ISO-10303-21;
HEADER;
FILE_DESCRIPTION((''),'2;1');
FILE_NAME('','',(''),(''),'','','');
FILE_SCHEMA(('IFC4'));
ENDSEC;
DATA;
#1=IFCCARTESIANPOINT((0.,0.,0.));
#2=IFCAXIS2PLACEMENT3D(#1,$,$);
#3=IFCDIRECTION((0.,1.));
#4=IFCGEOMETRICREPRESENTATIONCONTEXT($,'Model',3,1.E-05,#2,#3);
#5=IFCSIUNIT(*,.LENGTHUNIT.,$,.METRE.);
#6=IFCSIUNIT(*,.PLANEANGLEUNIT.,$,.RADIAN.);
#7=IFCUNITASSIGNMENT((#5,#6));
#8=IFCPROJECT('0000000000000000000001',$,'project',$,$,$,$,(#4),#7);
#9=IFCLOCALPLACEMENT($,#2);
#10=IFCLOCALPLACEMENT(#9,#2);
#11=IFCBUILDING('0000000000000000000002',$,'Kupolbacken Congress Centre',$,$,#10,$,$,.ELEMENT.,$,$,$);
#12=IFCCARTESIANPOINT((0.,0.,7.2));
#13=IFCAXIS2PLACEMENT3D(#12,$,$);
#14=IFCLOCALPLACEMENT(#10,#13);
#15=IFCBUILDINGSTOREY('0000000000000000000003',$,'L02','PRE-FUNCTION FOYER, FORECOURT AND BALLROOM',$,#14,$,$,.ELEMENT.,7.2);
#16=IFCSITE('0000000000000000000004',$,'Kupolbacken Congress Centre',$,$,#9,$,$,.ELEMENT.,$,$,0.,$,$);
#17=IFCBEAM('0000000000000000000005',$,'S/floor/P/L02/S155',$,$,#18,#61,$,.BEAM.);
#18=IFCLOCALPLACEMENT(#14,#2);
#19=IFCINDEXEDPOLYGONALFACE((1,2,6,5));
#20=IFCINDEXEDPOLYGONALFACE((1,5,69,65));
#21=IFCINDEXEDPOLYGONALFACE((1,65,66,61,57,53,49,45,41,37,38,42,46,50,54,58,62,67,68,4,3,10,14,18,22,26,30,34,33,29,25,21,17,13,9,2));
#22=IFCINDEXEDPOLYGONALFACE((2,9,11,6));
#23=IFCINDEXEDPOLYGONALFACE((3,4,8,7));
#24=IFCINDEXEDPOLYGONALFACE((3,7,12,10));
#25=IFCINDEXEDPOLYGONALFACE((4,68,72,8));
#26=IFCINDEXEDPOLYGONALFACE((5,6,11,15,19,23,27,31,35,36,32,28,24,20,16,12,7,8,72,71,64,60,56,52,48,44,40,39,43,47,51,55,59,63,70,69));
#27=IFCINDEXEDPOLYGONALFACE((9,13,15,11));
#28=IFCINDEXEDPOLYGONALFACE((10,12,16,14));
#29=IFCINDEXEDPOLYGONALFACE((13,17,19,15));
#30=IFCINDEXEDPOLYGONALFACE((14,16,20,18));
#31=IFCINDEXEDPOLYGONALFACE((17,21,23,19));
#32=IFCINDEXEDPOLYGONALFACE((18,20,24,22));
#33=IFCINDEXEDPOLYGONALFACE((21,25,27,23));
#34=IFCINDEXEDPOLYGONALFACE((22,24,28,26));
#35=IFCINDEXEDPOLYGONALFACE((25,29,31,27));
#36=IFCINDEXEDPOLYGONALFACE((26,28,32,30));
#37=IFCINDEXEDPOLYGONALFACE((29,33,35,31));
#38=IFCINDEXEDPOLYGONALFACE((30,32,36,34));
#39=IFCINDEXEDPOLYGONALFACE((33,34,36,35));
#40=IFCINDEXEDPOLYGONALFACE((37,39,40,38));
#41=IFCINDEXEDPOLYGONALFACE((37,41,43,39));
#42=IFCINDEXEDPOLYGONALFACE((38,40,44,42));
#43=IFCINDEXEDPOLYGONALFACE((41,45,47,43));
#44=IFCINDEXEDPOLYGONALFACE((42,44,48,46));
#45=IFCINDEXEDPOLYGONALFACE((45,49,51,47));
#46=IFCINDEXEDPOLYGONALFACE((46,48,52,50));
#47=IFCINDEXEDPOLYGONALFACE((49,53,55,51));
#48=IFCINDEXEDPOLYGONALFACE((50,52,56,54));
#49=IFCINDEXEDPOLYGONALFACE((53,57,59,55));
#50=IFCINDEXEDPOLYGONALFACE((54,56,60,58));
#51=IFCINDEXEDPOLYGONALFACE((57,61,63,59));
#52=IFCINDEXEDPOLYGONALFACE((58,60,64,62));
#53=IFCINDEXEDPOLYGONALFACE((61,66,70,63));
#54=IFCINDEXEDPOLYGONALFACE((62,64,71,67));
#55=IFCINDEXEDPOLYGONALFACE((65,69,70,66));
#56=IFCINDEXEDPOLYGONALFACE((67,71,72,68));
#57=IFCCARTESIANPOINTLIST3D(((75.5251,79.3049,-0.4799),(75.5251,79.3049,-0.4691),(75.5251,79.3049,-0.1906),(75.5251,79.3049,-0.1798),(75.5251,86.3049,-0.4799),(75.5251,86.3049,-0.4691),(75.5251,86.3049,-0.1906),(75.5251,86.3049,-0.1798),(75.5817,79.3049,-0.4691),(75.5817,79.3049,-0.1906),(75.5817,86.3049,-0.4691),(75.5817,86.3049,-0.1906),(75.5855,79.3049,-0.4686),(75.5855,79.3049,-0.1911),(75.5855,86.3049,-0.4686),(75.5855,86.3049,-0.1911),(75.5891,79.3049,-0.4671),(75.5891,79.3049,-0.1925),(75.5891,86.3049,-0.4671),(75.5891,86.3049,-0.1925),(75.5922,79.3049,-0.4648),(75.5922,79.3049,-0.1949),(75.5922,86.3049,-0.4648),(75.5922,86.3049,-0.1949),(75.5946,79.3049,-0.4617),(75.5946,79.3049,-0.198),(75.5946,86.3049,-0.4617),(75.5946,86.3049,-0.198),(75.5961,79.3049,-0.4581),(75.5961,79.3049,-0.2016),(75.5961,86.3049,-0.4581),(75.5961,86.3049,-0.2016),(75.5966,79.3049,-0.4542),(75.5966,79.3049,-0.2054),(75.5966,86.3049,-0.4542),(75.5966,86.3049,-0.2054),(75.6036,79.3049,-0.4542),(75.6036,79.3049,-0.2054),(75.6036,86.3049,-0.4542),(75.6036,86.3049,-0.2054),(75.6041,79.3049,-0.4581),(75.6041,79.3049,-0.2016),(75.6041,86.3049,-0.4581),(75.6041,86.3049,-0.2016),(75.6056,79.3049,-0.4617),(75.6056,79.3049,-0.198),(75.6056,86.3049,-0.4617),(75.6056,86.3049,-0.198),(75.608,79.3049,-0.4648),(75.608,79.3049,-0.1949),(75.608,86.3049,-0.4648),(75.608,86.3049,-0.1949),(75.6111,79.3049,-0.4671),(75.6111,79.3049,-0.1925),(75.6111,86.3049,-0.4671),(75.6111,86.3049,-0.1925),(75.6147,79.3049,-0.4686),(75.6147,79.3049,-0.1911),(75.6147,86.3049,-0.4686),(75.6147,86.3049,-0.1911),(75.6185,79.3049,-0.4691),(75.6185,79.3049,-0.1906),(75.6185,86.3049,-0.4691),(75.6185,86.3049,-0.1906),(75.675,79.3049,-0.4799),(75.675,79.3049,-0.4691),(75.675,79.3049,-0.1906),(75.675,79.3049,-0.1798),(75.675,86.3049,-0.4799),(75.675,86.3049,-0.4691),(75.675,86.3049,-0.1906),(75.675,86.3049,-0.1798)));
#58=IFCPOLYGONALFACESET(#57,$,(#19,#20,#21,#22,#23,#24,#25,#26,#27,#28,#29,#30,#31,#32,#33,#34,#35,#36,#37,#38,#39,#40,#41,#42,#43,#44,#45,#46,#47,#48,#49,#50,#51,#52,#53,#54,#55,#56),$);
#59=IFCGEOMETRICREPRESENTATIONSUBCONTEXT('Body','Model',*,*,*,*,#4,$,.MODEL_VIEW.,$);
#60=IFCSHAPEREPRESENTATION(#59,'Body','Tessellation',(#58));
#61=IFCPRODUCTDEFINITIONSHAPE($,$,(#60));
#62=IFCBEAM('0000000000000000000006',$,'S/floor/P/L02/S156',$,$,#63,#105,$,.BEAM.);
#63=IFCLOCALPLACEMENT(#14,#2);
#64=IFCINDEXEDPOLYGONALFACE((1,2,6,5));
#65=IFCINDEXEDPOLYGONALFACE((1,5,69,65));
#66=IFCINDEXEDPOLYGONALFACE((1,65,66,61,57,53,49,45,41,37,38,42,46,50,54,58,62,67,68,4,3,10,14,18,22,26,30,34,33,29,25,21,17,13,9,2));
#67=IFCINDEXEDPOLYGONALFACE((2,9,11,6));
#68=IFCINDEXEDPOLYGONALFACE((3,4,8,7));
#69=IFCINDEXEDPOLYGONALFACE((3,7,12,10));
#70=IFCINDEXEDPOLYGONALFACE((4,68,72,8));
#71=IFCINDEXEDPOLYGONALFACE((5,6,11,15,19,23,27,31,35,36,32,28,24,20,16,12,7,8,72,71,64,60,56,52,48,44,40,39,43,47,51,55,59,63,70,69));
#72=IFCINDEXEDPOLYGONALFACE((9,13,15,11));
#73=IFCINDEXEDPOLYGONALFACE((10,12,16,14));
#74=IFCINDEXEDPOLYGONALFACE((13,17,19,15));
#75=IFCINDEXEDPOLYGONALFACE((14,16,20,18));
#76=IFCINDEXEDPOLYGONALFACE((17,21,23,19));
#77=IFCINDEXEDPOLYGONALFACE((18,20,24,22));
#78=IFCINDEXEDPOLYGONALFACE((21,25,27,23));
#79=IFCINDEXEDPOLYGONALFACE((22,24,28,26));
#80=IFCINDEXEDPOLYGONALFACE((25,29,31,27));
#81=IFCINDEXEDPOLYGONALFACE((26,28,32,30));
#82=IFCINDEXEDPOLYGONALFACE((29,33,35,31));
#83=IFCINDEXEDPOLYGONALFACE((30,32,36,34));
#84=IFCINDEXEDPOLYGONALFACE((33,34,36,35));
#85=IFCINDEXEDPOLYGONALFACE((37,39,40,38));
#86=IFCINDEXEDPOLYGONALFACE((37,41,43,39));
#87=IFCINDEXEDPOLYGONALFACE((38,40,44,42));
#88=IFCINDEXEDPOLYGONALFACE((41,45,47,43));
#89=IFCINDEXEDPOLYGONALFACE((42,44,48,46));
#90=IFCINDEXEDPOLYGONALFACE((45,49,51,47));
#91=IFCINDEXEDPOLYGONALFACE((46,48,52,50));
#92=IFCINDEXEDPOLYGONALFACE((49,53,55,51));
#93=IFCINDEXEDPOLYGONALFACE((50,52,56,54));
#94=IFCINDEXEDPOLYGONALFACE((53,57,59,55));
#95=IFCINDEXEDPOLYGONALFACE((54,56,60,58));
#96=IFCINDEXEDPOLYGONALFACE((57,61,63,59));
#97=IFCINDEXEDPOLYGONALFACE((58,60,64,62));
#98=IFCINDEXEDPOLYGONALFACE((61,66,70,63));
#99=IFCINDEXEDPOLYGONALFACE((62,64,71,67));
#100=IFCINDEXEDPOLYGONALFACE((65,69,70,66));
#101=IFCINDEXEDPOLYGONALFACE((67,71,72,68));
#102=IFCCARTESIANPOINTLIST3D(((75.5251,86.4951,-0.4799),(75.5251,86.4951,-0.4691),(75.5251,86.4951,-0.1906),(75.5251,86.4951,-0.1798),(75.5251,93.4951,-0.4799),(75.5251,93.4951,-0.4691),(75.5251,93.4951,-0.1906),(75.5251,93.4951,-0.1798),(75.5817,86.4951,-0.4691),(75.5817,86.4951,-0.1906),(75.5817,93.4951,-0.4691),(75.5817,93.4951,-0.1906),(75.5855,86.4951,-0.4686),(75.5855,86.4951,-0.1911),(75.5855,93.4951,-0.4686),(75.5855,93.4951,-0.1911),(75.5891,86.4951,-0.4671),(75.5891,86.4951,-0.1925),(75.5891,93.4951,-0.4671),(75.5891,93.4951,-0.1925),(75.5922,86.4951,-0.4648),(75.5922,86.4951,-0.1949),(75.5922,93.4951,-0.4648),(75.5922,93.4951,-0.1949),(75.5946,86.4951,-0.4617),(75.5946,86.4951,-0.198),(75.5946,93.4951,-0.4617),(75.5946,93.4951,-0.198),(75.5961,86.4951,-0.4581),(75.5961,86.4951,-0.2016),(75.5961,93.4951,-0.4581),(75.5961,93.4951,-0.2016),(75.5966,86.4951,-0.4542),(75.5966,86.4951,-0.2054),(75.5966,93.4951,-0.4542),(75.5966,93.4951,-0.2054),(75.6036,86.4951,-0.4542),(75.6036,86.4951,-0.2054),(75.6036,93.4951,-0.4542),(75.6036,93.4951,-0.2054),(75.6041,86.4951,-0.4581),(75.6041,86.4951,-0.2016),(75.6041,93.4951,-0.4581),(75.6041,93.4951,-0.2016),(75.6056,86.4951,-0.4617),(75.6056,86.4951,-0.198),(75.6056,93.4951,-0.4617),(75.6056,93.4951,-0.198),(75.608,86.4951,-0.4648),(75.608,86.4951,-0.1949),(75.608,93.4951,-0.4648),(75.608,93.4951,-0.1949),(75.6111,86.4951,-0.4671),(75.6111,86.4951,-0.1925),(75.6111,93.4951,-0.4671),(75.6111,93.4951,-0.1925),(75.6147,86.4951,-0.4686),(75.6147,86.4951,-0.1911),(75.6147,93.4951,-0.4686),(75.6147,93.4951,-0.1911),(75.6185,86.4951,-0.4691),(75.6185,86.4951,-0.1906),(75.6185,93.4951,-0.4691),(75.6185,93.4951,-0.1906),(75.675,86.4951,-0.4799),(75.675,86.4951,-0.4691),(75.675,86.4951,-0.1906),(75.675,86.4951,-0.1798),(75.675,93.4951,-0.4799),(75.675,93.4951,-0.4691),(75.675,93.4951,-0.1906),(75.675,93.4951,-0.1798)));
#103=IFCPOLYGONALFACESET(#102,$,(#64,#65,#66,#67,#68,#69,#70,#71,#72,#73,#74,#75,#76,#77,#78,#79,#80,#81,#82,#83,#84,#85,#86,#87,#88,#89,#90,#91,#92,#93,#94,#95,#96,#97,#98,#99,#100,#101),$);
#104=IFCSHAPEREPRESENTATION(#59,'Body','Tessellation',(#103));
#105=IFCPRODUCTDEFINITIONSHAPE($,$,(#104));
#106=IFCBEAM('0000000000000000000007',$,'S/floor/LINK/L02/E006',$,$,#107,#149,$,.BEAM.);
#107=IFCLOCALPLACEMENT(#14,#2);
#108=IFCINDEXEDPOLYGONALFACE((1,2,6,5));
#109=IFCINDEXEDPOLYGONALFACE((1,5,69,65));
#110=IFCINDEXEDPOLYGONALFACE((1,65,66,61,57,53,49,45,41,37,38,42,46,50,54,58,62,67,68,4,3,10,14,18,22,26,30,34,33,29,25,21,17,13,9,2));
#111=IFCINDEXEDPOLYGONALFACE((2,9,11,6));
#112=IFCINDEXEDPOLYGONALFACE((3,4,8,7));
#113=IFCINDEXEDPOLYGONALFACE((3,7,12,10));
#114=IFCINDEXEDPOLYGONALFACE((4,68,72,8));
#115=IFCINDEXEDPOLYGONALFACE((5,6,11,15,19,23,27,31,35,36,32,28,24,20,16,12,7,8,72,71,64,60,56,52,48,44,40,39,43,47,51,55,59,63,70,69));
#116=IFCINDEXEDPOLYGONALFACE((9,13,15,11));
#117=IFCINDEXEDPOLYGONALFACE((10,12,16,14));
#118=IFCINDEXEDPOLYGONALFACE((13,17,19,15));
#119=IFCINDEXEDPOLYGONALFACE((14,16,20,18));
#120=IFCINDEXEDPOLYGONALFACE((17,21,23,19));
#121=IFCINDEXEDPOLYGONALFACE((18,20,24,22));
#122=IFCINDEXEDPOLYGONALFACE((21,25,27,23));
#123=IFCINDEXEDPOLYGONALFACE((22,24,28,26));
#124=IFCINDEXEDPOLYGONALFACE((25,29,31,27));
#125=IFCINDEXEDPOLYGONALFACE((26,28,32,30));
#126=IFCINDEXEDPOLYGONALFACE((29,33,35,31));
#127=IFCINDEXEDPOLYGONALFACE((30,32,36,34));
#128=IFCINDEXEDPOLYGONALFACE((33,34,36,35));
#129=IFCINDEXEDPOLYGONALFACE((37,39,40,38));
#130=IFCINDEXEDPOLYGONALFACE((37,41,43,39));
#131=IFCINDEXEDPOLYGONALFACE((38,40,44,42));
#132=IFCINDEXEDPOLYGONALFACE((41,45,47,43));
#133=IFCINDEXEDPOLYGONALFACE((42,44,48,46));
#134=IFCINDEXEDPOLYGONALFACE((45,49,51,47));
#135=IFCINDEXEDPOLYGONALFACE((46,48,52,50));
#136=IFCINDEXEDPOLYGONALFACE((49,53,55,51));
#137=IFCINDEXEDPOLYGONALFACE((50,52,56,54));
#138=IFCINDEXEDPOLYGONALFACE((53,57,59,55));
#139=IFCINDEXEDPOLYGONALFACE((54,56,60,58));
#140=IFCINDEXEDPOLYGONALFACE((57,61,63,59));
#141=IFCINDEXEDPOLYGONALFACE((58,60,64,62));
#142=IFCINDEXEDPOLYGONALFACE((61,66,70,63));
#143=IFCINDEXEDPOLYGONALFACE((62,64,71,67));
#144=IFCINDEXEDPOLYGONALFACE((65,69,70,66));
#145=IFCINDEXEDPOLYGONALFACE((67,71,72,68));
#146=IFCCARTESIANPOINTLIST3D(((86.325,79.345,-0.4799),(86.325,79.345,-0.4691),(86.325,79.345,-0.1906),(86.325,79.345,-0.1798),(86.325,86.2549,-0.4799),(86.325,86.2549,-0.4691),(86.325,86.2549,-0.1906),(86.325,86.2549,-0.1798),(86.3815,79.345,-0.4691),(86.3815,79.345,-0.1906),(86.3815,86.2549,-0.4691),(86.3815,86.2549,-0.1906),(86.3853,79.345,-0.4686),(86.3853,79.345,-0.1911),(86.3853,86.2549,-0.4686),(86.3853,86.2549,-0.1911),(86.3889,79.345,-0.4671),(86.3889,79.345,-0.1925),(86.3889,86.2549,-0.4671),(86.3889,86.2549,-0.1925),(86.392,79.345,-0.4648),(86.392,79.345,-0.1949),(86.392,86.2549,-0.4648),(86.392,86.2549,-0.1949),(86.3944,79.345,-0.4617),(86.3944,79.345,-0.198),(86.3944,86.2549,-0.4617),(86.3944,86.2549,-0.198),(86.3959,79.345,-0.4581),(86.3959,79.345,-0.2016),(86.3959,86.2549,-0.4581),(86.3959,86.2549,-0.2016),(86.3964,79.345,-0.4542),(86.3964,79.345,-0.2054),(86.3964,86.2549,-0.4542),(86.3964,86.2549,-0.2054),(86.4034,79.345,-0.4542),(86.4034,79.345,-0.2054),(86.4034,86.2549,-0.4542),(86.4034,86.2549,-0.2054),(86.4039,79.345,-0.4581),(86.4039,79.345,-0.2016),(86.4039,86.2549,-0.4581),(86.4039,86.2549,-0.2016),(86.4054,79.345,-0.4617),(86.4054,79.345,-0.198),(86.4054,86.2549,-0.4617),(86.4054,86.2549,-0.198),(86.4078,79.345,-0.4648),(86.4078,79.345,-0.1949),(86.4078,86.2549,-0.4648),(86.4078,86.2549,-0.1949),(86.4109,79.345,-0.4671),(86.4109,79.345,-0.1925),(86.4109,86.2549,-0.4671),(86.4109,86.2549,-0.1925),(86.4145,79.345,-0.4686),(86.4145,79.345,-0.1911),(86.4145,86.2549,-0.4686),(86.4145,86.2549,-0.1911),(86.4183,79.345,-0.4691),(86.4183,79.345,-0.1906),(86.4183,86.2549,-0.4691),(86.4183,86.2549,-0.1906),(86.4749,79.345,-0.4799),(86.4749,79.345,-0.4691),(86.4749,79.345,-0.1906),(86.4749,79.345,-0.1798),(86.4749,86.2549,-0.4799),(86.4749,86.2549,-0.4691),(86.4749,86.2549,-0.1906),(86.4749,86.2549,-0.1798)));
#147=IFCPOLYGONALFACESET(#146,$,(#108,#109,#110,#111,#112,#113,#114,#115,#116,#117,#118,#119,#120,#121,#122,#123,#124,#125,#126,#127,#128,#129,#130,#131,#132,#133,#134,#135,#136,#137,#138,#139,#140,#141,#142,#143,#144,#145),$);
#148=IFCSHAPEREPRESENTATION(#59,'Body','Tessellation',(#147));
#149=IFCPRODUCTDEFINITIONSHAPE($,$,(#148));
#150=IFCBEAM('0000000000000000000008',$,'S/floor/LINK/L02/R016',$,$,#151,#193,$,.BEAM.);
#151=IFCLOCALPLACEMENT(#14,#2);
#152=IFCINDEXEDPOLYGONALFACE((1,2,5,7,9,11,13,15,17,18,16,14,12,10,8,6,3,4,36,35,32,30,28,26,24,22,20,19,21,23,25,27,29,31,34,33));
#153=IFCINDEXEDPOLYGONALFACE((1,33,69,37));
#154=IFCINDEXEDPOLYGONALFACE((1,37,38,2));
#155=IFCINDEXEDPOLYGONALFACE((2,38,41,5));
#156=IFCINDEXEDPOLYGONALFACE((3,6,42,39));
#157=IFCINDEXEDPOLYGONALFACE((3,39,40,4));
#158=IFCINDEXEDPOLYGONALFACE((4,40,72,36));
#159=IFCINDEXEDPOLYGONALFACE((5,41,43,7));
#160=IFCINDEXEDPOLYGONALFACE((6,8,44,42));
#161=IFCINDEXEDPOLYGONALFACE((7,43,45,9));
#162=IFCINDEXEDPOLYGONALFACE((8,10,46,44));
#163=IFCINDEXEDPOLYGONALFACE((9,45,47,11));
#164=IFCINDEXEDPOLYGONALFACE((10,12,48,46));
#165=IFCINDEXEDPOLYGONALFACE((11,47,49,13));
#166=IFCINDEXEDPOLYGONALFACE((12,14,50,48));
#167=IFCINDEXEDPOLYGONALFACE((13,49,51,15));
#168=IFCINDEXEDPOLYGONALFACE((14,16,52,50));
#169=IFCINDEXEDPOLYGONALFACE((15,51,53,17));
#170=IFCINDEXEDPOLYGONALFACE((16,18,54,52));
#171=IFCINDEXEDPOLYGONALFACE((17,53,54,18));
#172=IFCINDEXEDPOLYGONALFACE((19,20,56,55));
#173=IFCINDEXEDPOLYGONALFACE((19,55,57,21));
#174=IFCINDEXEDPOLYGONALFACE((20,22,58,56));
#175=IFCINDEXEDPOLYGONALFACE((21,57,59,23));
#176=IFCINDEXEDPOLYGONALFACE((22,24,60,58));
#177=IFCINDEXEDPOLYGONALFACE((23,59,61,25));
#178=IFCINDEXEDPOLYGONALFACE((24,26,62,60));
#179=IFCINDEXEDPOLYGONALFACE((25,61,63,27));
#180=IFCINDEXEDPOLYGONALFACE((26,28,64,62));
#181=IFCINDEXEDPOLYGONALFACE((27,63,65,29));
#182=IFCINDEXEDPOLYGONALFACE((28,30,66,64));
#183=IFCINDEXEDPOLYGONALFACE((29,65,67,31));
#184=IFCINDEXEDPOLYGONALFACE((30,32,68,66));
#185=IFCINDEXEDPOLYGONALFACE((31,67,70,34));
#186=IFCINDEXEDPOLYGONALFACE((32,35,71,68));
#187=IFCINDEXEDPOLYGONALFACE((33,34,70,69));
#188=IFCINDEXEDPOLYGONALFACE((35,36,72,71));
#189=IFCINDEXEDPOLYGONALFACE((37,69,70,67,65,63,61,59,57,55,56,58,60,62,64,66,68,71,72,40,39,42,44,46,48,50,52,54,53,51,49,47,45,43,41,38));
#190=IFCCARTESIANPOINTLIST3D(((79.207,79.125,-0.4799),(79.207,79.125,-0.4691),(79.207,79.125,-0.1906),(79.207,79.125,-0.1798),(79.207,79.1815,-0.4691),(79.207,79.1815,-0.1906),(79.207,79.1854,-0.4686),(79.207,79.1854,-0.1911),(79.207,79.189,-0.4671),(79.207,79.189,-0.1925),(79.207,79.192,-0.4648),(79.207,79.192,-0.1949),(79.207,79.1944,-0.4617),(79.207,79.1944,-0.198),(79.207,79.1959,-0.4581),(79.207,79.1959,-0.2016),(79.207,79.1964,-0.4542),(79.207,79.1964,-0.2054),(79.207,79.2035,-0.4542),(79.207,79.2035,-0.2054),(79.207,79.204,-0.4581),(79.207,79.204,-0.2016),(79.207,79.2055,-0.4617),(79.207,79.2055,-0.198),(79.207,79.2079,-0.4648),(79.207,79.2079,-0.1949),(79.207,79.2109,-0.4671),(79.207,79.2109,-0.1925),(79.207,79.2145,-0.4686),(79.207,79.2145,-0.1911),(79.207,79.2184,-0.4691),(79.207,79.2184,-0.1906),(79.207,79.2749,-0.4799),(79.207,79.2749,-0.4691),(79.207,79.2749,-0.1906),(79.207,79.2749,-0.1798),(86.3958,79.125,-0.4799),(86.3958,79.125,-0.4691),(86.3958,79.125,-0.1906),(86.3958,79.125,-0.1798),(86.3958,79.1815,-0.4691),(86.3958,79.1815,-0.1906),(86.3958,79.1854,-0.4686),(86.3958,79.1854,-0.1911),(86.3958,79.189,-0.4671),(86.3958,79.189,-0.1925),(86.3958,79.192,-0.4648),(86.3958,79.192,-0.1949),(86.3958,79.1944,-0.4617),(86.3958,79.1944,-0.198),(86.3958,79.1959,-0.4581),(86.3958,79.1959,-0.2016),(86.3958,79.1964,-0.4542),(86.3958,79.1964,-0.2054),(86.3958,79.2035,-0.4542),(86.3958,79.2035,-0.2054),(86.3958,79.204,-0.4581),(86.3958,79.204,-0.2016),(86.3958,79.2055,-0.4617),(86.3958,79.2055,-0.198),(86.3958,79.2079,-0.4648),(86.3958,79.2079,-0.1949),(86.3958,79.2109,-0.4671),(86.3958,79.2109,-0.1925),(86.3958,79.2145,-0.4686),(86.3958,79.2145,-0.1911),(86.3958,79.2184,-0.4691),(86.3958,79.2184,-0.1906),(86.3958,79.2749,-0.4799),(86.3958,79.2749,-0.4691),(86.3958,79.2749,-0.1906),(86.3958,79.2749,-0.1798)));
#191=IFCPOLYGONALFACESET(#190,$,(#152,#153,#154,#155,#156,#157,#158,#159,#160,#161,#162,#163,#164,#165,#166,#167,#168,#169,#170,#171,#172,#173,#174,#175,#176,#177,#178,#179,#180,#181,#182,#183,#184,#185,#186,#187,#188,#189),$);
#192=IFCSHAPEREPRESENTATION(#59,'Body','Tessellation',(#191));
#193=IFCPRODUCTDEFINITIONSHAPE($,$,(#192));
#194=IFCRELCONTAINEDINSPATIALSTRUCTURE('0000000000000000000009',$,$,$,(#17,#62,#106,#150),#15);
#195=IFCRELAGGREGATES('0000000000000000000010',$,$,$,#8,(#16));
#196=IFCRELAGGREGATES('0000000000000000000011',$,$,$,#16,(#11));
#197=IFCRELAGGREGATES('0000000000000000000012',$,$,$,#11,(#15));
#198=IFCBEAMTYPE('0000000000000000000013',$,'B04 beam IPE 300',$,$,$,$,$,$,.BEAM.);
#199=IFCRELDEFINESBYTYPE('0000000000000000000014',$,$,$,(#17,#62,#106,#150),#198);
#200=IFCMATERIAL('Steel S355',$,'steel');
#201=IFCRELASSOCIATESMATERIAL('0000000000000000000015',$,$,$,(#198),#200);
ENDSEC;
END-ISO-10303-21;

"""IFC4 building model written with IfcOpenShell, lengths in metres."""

from ifc_helpers import new_model, si_unit, direction, frame, origin, origin_2d, place, context, subcontext, project, spatial, i_section, extrude, material, material_profile, profile_set, type_object, element, save


model = new_model("IFC4")

# Units and contexts
model_context = context("Model", 3, precision=1e-05, world=origin(), true_north=direction((0.0, 1.0)))
body_context = subcontext(model_context, "Body", "Model", "MODEL_VIEW")
ifc_project = project(units=[si_unit("LENGTHUNIT", "METRE"), si_unit("PLANEANGLEUNIT", "RADIAN")], contexts=[model_context])

# Site, building, storey
site_placement = place(None, origin())
site = spatial("IfcSite", under=ifc_project, at=site_placement, Name="Kupolbacken Congress Centre", CompositionType="ELEMENT", RefElevation=0.0)
building_placement = place(site_placement, origin())
building = spatial("IfcBuilding", under=site, at=building_placement, Name="Kupolbacken Congress Centre", CompositionType="ELEMENT")
storey_placement = place(building_placement, frame((0.0, 0.0, 7.2)))
storey = spatial("IfcBuildingStorey", under=building, at=storey_placement, Name="L02", Description="PRE-FUNCTION FOYER, FORECOURT AND BALLROOM", CompositionType="ELEMENT", Elevation=7.2)

# Beams
ifc_material_1 = material(Name="Steel S355", Category="steel")
ifc_material_profile_1 = material_profile(ifc_material_1, i_section(OverallWidth=0.1499, OverallDepth=0.3, WebThickness=0.0071, FlangeThickness=0.0107, FilletRadius=0.0149, at=origin_2d()), Name="IPE 300")
ifc_profile_set_1 = profile_set([ifc_material_profile_1], Name="Steel S355")
beam_type_1 = type_object("IfcBeamType", Name="B04 beam IPE 300", PredefinedType="BEAM", material=ifc_profile_set_1)
for number, where, z_axis, x_axis, name in (
    (1, (75.6001, 79.3049, -0.3298), (0.0, 1.0, 0.0), (-1.0, 0.0, 0.0), "S/floor/P/L02/S155"),
    (2, (75.6001, 86.4951, -0.3298), (0.0, 1.0, 0.0), (-1.0, 0.0, 0.0), "S/floor/P/L02/S156"),
):
    element("IfcBeam", number, at=place(storey_placement, frame(where, z_axis=z_axis, x_axis=x_axis)), inside=storey, type_object=beam_type_1, Name=name, PredefinedType="BEAM", context=body_context, shape_type="SweptSolid", body=[
        extrude(i_section(OverallWidth=0.1499, OverallDepth=0.3, WebThickness=0.0071, FlangeThickness=0.0107, FilletRadius=0.0149, at=origin_2d()), origin(), (0.0, 0.0, 1.0), 7.0),
    ])
beam_1_placement = place(storey_placement, frame((86.3999, 79.345, -0.3298), z_axis=(0.0, 1.0, 0.0), x_axis=(-1.0, 0.0, 0.0)))
element("IfcBeam", 3, at=beam_1_placement, inside=storey, type_object=beam_type_1, Name="S/floor/LINK/L02/E006", PredefinedType="BEAM", context=body_context, shape_type="SweptSolid", body=[
    extrude(i_section(OverallWidth=0.1499, OverallDepth=0.3, WebThickness=0.0071, FlangeThickness=0.0107, FilletRadius=0.0149, at=origin_2d()), origin(), (0.0, 0.0, 1.0), 6.9099),
])
beam_2_placement = place(storey_placement, frame((79.207, 79.2, -0.3298), z_axis=(1.0, 0.0, 0.0), x_axis=(0.0, 1.0, 0.0)))
element("IfcBeam", 4, at=beam_2_placement, inside=storey, type_object=beam_type_1, Name="S/floor/LINK/L02/R016", PredefinedType="BEAM", context=body_context, shape_type="SweptSolid", body=[
    extrude(i_section(OverallWidth=0.1499, OverallDepth=0.3, WebThickness=0.0071, FlangeThickness=0.0107, FilletRadius=0.0149, at=origin_2d()), origin(), (0.0, 0.0, 1.0), 7.1887),
])

save(model, "model.ifc")
